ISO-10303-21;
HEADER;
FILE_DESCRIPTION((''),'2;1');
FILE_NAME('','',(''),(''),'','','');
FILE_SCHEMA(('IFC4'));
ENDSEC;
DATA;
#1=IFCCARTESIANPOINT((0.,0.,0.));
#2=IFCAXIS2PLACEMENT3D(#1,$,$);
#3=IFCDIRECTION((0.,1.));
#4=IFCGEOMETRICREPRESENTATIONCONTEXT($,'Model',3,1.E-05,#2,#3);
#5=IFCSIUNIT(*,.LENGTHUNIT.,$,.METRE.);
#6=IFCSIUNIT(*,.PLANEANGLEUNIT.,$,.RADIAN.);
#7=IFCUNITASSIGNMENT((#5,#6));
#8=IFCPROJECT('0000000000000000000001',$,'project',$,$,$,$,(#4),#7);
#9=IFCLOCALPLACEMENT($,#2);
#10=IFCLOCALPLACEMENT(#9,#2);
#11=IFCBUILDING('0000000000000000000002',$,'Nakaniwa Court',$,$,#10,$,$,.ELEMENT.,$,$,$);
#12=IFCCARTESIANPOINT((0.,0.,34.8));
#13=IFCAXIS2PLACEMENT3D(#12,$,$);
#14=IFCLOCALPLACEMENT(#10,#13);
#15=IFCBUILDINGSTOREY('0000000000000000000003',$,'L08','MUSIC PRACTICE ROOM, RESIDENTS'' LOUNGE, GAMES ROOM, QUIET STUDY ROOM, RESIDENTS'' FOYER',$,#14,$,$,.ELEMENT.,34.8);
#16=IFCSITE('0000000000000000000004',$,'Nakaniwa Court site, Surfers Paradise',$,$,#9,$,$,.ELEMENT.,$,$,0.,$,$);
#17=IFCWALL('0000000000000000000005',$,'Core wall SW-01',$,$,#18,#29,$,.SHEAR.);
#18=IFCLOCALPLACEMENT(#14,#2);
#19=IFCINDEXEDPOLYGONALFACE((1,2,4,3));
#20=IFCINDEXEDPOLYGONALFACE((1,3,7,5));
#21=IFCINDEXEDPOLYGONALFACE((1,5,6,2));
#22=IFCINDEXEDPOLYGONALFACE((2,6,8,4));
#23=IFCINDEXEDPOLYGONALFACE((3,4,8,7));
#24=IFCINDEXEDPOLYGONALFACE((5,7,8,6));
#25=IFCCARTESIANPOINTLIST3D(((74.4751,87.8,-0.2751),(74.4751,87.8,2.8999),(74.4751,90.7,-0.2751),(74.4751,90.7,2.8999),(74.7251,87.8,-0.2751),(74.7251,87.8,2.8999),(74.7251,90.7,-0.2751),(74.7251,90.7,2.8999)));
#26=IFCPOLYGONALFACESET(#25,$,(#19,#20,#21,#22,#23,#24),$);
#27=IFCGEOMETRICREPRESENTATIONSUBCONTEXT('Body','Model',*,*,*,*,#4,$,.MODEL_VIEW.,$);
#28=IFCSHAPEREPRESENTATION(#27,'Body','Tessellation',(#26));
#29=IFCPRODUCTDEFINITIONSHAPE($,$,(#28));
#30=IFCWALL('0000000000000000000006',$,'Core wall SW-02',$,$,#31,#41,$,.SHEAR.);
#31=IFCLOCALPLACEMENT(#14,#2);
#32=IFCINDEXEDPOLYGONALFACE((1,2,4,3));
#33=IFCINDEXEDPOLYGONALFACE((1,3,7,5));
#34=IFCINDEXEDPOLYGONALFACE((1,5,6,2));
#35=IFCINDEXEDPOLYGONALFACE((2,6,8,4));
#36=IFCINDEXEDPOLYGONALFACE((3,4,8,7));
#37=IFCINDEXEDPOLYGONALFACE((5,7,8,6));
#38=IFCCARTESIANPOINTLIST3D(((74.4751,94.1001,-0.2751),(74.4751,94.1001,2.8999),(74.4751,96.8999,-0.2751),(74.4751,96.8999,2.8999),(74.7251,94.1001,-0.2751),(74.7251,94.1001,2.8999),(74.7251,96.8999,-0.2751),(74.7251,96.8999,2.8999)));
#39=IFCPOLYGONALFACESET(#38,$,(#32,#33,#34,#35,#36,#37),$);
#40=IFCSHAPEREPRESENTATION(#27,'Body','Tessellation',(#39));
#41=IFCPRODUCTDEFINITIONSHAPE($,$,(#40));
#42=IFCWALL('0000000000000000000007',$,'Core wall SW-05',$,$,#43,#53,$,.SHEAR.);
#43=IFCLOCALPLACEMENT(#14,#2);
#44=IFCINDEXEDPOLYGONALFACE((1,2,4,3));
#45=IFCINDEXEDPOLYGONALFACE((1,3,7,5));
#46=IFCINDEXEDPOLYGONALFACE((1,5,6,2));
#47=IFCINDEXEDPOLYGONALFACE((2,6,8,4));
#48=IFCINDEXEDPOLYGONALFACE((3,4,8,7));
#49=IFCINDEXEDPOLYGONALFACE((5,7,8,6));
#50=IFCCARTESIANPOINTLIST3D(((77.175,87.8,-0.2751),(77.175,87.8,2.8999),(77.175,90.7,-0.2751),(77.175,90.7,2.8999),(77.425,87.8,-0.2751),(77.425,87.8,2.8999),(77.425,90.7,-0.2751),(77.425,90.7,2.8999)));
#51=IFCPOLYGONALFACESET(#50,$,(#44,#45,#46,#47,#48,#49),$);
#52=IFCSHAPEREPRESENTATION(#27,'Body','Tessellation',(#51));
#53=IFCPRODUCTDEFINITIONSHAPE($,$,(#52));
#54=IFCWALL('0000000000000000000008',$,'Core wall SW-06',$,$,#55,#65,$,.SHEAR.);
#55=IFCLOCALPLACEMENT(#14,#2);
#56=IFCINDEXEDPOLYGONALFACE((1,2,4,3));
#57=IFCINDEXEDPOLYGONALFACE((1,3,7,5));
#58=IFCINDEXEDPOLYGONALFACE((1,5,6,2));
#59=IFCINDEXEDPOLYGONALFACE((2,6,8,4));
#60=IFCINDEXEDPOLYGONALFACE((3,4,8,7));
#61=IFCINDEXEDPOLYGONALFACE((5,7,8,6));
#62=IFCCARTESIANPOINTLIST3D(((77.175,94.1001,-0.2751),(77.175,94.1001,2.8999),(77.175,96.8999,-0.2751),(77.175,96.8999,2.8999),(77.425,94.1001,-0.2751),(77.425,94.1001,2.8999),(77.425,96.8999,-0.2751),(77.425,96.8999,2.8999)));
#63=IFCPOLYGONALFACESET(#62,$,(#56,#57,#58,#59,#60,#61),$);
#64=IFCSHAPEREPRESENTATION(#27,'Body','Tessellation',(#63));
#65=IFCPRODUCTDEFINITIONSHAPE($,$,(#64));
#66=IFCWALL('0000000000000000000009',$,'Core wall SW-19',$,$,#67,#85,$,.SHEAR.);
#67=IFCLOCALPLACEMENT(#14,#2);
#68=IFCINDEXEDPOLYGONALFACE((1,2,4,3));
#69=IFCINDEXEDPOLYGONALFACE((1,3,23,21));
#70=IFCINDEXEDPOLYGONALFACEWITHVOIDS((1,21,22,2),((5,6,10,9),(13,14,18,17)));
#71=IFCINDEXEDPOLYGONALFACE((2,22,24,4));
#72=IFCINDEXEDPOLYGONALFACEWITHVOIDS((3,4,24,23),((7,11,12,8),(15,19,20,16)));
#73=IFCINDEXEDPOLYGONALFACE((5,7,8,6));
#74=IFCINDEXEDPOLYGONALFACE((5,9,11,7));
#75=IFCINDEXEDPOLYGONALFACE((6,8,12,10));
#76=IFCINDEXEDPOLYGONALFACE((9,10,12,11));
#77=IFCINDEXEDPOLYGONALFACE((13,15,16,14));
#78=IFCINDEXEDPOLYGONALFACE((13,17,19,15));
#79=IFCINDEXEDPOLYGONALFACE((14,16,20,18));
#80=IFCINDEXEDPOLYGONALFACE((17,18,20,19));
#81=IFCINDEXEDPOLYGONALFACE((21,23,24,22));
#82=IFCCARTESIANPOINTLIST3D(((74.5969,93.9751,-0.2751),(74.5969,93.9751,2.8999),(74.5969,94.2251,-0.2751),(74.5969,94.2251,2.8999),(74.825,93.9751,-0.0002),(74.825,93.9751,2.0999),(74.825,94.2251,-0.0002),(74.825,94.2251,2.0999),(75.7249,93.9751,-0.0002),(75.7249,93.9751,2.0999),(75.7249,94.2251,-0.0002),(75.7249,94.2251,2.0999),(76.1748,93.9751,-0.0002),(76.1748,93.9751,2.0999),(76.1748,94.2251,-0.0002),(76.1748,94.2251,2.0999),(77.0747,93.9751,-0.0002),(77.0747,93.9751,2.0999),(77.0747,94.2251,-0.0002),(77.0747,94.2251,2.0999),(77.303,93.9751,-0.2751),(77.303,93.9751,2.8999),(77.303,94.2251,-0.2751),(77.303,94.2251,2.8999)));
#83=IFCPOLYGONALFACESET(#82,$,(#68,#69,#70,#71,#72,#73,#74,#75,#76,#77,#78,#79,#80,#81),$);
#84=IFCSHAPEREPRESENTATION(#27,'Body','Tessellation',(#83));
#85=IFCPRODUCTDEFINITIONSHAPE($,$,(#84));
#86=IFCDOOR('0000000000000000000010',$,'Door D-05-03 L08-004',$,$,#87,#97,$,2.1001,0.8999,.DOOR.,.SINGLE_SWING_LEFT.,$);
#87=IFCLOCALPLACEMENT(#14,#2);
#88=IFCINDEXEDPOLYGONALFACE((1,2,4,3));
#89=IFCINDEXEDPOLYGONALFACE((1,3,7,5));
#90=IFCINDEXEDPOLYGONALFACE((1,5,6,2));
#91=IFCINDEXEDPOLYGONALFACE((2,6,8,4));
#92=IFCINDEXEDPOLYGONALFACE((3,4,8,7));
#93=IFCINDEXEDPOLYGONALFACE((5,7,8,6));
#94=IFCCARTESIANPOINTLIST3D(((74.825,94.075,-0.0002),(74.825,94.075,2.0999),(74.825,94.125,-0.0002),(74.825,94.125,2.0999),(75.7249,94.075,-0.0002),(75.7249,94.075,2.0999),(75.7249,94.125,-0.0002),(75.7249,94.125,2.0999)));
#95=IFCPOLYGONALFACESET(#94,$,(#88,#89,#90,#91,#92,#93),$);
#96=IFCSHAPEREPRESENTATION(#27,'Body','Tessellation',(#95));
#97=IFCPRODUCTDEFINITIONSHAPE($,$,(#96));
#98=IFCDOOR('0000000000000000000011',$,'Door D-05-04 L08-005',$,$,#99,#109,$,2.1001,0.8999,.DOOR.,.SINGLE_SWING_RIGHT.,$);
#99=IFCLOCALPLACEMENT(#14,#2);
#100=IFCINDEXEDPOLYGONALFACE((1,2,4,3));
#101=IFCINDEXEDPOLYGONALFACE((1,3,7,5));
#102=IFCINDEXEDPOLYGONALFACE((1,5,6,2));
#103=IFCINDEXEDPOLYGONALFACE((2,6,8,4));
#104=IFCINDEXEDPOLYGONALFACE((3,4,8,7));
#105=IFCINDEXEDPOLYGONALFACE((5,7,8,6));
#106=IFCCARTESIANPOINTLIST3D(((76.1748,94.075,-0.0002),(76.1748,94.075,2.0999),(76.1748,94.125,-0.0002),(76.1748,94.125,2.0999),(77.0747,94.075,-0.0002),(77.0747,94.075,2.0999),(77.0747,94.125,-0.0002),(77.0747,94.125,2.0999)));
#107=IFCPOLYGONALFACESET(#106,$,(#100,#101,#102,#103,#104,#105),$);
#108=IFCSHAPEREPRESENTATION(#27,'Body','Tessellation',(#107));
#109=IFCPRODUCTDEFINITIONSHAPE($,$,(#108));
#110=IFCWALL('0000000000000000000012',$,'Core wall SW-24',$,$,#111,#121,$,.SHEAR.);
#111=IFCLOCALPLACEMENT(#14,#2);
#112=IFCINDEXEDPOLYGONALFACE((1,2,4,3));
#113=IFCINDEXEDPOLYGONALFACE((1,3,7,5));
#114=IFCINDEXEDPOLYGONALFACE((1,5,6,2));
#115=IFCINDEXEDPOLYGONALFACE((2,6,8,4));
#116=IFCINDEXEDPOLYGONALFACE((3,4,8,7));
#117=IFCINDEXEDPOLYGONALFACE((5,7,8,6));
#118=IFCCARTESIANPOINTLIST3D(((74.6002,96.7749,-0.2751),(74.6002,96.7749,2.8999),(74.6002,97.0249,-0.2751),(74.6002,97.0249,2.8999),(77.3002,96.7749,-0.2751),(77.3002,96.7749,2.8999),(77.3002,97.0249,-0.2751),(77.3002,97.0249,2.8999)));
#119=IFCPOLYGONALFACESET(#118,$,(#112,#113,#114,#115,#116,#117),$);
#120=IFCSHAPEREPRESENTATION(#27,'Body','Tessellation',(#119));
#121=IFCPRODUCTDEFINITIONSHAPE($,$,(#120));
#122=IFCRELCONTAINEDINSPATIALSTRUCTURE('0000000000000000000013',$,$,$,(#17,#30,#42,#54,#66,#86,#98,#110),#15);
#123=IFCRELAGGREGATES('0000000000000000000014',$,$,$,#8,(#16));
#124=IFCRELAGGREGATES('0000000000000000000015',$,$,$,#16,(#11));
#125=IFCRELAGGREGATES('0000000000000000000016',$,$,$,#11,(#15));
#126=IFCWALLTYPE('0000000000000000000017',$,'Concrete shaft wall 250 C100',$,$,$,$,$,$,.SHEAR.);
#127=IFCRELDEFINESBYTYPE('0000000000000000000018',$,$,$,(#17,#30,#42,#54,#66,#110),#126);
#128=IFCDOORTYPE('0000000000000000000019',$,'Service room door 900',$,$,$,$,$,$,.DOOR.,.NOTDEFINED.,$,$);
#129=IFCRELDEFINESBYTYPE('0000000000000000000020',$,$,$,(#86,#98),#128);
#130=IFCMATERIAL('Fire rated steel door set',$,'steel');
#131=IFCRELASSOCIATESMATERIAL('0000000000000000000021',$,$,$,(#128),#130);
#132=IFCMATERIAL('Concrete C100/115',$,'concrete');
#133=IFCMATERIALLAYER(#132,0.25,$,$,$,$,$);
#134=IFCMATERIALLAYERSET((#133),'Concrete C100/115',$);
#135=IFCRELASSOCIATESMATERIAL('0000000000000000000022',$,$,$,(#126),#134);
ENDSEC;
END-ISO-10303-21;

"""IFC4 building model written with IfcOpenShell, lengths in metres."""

from ifc_helpers import new_model, si_unit, direction, frame, frame_2d, origin, place, context, subcontext, project, spatial, rectangle, extrude, material, layer, layer_set, type_object, element, fill, save


model = new_model("IFC4")

# Units and contexts
model_context = context("Model", 3, precision=1e-05, world=origin(), true_north=direction((0.0, 1.0)))
body_context = subcontext(model_context, "Body", "Model", "MODEL_VIEW")
ifc_project = project(units=[si_unit("LENGTHUNIT", "METRE"), si_unit("PLANEANGLEUNIT", "RADIAN")], contexts=[model_context])

# Site, building, storey
site_placement = place(None, origin())
site = spatial("IfcSite", under=ifc_project, at=site_placement, Name="Nakaniwa Court site, Surfers Paradise", CompositionType="ELEMENT", RefElevation=0.0)
building_placement = place(site_placement, origin())
building = spatial("IfcBuilding", under=site, at=building_placement, Name="Nakaniwa Court", CompositionType="ELEMENT")
storey_placement = place(building_placement, frame((0.0, 0.0, 34.8)))
storey = spatial("IfcBuildingStorey", under=building, at=storey_placement, Name="L08", Description="MUSIC PRACTICE ROOM, RESIDENTS' LOUNGE, GAMES ROOM, QUIET STUDY ROOM, RESIDENTS' FOYER", CompositionType="ELEMENT", Elevation=34.8)

# Shared definitions
ifc_material_1 = material(Name="Concrete C100/115", Category="concrete")

# Shared definitions
ifc_material_2 = material(Name="Fire rated steel door set", Category="steel")
door_type_1 = type_object("IfcDoorType", Name="Service room door 900", OperationType="NOTDEFINED", PredefinedType="DOOR", material=ifc_material_2)

# Walls
ifc_layer_1 = layer(ifc_material_1, 0.25)
ifc_layer_set_1 = layer_set([ifc_layer_1], Name="Concrete C100/115")
wall_type_1 = type_object("IfcWallType", Name="Concrete shaft wall 250 C100", PredefinedType="SHEAR", material=ifc_layer_set_1)
wall_1_placement = place(storey_placement, frame((74.6001, 87.8, -0.2751), z_axis=(0.0, 0.0, 1.0), x_axis=(0.0, 1.0, 0.0)))
element("IfcWall", 1, at=wall_1_placement, inside=storey, type_object=wall_type_1, Name="Core wall SW-01", PredefinedType="SHEAR", context=body_context, shape_type="SweptSolid", body=[
    extrude(rectangle(XDim=2.8999, YDim=0.25, at=frame_2d((1.45, 0.0))), origin(), (0.0, 0.0, 1.0), 3.175),
])
wall_2_placement = place(storey_placement, frame((74.6001, 94.1001, -0.2751), z_axis=(0.0, 0.0, 1.0), x_axis=(0.0, 1.0, 0.0)))
element("IfcWall", 2, at=wall_2_placement, inside=storey, type_object=wall_type_1, Name="Core wall SW-02", PredefinedType="SHEAR", context=body_context, shape_type="SweptSolid", body=[
    extrude(rectangle(XDim=2.7998, YDim=0.25, at=frame_2d((1.3999, 0.0))), origin(), (0.0, 0.0, 1.0), 3.175),
])
wall_3_placement = place(storey_placement, frame((77.3, 87.8, -0.2751), z_axis=(0.0, 0.0, 1.0), x_axis=(0.0, 1.0, 0.0)))
element("IfcWall", 3, at=wall_3_placement, inside=storey, type_object=wall_type_1, Name="Core wall SW-05", PredefinedType="SHEAR", context=body_context, shape_type="SweptSolid", body=[
    extrude(rectangle(XDim=2.8999, YDim=0.25, at=frame_2d((1.45, 0.0))), origin(), (0.0, 0.0, 1.0), 3.175),
])
wall_4_placement = place(storey_placement, frame((77.3, 94.1001, -0.2751), z_axis=(0.0, 0.0, 1.0), x_axis=(0.0, 1.0, 0.0)))
element("IfcWall", 4, at=wall_4_placement, inside=storey, type_object=wall_type_1, Name="Core wall SW-06", PredefinedType="SHEAR", context=body_context, shape_type="SweptSolid", body=[
    extrude(rectangle(XDim=2.7998, YDim=0.25, at=frame_2d((1.3999, 0.0))), origin(), (0.0, 0.0, 1.0), 3.175),
])

# Wall, openings, doors
wall_5_placement = place(storey_placement, frame((74.5969, 94.1001, -0.2751), z_axis=(0.0, 0.0, 1.0), x_axis=(1.0, 0.0, 0.0)))
wall_5 = element("IfcWall", 5, at=wall_5_placement, inside=storey, type_object=wall_type_1, Name="Core wall SW-19", PredefinedType="SHEAR", context=body_context, shape_type="SweptSolid", body=[
    extrude(rectangle(XDim=2.7061, YDim=0.25, at=frame_2d((1.353, 0.0))), origin(), (0.0, 0.0, 1.0), 3.175),
])
opening_1_placement = place(wall_5_placement, frame((0.228, 0.0, 0.2749)))
opening_1 = element("IfcOpeningElement", 6, at=opening_1_placement, cuts=wall_5, PredefinedType="OPENING", context=body_context, shape_type="SweptSolid", body=[
    extrude(rectangle(XDim=0.8999, YDim=2.1001, at=frame_2d((0.45, 1.05))), frame((0.0, 0.135, 0.0), z_axis=(0.0, -1.0, 0.0), x_axis=(1.0, 0.0, 0.0)), (0.0, 0.0, 1.0), 0.27),
])
opening_2_placement = place(wall_5_placement, frame((1.5779, 0.0, 0.2749)))
opening_2 = element("IfcOpeningElement", 7, at=opening_2_placement, cuts=wall_5, PredefinedType="OPENING", context=body_context, shape_type="SweptSolid", body=[
    extrude(rectangle(XDim=0.8999, YDim=2.1001, at=frame_2d((0.45, 1.05))), frame((0.0, 0.135, 0.0), z_axis=(0.0, -1.0, 0.0), x_axis=(1.0, 0.0, 0.0)), (0.0, 0.0, 1.0), 0.27),
])
door_1_placement = place(opening_1_placement, origin())
door_1 = element("IfcDoor", 8, at=door_1_placement, inside=storey, type_object=door_type_1, Name="Door D-05-03 L08-004", OperationType="SINGLE_SWING_LEFT", OverallHeight=2.1001, OverallWidth=0.8999, PredefinedType="DOOR", context=body_context, shape_type="SweptSolid", body=[
    extrude(rectangle(XDim=0.8999, YDim=2.1001, at=frame_2d((0.45, 1.05))), frame((0.0, 0.0249, 0.0), z_axis=(0.0, -1.0, 0.0), x_axis=(1.0, 0.0, 0.0)), (0.0, 0.0, 1.0), 0.05),
])
fill(opening_1, door_1)
door_2_placement = place(opening_2_placement, origin())
door_2 = element("IfcDoor", 9, at=door_2_placement, inside=storey, type_object=door_type_1, Name="Door D-05-04 L08-005", OperationType="SINGLE_SWING_RIGHT", OverallHeight=2.1001, OverallWidth=0.8999, PredefinedType="DOOR", context=body_context, shape_type="SweptSolid", body=[
    extrude(rectangle(XDim=0.8999, YDim=2.1001, at=frame_2d((0.45, 1.05))), frame((0.0, 0.0249, 0.0), z_axis=(0.0, -1.0, 0.0), x_axis=(1.0, 0.0, 0.0)), (0.0, 0.0, 1.0), 0.05),
])
fill(opening_2, door_2)

# Wall
wall_6_placement = place(storey_placement, frame((74.6001, 96.8999, -0.2751), z_axis=(0.0, 0.0, 1.0), x_axis=(1.0, 0.0, 0.0)))
element("IfcWall", 10, at=wall_6_placement, inside=storey, type_object=wall_type_1, Name="Core wall SW-24", PredefinedType="SHEAR", context=body_context, shape_type="SweptSolid", body=[
    extrude(rectangle(XDim=2.7, YDim=0.25, at=frame_2d((1.3501, 0.0))), origin(), (0.0, 0.0, 1.0), 3.175),
])

save(model, "model.ifc")
